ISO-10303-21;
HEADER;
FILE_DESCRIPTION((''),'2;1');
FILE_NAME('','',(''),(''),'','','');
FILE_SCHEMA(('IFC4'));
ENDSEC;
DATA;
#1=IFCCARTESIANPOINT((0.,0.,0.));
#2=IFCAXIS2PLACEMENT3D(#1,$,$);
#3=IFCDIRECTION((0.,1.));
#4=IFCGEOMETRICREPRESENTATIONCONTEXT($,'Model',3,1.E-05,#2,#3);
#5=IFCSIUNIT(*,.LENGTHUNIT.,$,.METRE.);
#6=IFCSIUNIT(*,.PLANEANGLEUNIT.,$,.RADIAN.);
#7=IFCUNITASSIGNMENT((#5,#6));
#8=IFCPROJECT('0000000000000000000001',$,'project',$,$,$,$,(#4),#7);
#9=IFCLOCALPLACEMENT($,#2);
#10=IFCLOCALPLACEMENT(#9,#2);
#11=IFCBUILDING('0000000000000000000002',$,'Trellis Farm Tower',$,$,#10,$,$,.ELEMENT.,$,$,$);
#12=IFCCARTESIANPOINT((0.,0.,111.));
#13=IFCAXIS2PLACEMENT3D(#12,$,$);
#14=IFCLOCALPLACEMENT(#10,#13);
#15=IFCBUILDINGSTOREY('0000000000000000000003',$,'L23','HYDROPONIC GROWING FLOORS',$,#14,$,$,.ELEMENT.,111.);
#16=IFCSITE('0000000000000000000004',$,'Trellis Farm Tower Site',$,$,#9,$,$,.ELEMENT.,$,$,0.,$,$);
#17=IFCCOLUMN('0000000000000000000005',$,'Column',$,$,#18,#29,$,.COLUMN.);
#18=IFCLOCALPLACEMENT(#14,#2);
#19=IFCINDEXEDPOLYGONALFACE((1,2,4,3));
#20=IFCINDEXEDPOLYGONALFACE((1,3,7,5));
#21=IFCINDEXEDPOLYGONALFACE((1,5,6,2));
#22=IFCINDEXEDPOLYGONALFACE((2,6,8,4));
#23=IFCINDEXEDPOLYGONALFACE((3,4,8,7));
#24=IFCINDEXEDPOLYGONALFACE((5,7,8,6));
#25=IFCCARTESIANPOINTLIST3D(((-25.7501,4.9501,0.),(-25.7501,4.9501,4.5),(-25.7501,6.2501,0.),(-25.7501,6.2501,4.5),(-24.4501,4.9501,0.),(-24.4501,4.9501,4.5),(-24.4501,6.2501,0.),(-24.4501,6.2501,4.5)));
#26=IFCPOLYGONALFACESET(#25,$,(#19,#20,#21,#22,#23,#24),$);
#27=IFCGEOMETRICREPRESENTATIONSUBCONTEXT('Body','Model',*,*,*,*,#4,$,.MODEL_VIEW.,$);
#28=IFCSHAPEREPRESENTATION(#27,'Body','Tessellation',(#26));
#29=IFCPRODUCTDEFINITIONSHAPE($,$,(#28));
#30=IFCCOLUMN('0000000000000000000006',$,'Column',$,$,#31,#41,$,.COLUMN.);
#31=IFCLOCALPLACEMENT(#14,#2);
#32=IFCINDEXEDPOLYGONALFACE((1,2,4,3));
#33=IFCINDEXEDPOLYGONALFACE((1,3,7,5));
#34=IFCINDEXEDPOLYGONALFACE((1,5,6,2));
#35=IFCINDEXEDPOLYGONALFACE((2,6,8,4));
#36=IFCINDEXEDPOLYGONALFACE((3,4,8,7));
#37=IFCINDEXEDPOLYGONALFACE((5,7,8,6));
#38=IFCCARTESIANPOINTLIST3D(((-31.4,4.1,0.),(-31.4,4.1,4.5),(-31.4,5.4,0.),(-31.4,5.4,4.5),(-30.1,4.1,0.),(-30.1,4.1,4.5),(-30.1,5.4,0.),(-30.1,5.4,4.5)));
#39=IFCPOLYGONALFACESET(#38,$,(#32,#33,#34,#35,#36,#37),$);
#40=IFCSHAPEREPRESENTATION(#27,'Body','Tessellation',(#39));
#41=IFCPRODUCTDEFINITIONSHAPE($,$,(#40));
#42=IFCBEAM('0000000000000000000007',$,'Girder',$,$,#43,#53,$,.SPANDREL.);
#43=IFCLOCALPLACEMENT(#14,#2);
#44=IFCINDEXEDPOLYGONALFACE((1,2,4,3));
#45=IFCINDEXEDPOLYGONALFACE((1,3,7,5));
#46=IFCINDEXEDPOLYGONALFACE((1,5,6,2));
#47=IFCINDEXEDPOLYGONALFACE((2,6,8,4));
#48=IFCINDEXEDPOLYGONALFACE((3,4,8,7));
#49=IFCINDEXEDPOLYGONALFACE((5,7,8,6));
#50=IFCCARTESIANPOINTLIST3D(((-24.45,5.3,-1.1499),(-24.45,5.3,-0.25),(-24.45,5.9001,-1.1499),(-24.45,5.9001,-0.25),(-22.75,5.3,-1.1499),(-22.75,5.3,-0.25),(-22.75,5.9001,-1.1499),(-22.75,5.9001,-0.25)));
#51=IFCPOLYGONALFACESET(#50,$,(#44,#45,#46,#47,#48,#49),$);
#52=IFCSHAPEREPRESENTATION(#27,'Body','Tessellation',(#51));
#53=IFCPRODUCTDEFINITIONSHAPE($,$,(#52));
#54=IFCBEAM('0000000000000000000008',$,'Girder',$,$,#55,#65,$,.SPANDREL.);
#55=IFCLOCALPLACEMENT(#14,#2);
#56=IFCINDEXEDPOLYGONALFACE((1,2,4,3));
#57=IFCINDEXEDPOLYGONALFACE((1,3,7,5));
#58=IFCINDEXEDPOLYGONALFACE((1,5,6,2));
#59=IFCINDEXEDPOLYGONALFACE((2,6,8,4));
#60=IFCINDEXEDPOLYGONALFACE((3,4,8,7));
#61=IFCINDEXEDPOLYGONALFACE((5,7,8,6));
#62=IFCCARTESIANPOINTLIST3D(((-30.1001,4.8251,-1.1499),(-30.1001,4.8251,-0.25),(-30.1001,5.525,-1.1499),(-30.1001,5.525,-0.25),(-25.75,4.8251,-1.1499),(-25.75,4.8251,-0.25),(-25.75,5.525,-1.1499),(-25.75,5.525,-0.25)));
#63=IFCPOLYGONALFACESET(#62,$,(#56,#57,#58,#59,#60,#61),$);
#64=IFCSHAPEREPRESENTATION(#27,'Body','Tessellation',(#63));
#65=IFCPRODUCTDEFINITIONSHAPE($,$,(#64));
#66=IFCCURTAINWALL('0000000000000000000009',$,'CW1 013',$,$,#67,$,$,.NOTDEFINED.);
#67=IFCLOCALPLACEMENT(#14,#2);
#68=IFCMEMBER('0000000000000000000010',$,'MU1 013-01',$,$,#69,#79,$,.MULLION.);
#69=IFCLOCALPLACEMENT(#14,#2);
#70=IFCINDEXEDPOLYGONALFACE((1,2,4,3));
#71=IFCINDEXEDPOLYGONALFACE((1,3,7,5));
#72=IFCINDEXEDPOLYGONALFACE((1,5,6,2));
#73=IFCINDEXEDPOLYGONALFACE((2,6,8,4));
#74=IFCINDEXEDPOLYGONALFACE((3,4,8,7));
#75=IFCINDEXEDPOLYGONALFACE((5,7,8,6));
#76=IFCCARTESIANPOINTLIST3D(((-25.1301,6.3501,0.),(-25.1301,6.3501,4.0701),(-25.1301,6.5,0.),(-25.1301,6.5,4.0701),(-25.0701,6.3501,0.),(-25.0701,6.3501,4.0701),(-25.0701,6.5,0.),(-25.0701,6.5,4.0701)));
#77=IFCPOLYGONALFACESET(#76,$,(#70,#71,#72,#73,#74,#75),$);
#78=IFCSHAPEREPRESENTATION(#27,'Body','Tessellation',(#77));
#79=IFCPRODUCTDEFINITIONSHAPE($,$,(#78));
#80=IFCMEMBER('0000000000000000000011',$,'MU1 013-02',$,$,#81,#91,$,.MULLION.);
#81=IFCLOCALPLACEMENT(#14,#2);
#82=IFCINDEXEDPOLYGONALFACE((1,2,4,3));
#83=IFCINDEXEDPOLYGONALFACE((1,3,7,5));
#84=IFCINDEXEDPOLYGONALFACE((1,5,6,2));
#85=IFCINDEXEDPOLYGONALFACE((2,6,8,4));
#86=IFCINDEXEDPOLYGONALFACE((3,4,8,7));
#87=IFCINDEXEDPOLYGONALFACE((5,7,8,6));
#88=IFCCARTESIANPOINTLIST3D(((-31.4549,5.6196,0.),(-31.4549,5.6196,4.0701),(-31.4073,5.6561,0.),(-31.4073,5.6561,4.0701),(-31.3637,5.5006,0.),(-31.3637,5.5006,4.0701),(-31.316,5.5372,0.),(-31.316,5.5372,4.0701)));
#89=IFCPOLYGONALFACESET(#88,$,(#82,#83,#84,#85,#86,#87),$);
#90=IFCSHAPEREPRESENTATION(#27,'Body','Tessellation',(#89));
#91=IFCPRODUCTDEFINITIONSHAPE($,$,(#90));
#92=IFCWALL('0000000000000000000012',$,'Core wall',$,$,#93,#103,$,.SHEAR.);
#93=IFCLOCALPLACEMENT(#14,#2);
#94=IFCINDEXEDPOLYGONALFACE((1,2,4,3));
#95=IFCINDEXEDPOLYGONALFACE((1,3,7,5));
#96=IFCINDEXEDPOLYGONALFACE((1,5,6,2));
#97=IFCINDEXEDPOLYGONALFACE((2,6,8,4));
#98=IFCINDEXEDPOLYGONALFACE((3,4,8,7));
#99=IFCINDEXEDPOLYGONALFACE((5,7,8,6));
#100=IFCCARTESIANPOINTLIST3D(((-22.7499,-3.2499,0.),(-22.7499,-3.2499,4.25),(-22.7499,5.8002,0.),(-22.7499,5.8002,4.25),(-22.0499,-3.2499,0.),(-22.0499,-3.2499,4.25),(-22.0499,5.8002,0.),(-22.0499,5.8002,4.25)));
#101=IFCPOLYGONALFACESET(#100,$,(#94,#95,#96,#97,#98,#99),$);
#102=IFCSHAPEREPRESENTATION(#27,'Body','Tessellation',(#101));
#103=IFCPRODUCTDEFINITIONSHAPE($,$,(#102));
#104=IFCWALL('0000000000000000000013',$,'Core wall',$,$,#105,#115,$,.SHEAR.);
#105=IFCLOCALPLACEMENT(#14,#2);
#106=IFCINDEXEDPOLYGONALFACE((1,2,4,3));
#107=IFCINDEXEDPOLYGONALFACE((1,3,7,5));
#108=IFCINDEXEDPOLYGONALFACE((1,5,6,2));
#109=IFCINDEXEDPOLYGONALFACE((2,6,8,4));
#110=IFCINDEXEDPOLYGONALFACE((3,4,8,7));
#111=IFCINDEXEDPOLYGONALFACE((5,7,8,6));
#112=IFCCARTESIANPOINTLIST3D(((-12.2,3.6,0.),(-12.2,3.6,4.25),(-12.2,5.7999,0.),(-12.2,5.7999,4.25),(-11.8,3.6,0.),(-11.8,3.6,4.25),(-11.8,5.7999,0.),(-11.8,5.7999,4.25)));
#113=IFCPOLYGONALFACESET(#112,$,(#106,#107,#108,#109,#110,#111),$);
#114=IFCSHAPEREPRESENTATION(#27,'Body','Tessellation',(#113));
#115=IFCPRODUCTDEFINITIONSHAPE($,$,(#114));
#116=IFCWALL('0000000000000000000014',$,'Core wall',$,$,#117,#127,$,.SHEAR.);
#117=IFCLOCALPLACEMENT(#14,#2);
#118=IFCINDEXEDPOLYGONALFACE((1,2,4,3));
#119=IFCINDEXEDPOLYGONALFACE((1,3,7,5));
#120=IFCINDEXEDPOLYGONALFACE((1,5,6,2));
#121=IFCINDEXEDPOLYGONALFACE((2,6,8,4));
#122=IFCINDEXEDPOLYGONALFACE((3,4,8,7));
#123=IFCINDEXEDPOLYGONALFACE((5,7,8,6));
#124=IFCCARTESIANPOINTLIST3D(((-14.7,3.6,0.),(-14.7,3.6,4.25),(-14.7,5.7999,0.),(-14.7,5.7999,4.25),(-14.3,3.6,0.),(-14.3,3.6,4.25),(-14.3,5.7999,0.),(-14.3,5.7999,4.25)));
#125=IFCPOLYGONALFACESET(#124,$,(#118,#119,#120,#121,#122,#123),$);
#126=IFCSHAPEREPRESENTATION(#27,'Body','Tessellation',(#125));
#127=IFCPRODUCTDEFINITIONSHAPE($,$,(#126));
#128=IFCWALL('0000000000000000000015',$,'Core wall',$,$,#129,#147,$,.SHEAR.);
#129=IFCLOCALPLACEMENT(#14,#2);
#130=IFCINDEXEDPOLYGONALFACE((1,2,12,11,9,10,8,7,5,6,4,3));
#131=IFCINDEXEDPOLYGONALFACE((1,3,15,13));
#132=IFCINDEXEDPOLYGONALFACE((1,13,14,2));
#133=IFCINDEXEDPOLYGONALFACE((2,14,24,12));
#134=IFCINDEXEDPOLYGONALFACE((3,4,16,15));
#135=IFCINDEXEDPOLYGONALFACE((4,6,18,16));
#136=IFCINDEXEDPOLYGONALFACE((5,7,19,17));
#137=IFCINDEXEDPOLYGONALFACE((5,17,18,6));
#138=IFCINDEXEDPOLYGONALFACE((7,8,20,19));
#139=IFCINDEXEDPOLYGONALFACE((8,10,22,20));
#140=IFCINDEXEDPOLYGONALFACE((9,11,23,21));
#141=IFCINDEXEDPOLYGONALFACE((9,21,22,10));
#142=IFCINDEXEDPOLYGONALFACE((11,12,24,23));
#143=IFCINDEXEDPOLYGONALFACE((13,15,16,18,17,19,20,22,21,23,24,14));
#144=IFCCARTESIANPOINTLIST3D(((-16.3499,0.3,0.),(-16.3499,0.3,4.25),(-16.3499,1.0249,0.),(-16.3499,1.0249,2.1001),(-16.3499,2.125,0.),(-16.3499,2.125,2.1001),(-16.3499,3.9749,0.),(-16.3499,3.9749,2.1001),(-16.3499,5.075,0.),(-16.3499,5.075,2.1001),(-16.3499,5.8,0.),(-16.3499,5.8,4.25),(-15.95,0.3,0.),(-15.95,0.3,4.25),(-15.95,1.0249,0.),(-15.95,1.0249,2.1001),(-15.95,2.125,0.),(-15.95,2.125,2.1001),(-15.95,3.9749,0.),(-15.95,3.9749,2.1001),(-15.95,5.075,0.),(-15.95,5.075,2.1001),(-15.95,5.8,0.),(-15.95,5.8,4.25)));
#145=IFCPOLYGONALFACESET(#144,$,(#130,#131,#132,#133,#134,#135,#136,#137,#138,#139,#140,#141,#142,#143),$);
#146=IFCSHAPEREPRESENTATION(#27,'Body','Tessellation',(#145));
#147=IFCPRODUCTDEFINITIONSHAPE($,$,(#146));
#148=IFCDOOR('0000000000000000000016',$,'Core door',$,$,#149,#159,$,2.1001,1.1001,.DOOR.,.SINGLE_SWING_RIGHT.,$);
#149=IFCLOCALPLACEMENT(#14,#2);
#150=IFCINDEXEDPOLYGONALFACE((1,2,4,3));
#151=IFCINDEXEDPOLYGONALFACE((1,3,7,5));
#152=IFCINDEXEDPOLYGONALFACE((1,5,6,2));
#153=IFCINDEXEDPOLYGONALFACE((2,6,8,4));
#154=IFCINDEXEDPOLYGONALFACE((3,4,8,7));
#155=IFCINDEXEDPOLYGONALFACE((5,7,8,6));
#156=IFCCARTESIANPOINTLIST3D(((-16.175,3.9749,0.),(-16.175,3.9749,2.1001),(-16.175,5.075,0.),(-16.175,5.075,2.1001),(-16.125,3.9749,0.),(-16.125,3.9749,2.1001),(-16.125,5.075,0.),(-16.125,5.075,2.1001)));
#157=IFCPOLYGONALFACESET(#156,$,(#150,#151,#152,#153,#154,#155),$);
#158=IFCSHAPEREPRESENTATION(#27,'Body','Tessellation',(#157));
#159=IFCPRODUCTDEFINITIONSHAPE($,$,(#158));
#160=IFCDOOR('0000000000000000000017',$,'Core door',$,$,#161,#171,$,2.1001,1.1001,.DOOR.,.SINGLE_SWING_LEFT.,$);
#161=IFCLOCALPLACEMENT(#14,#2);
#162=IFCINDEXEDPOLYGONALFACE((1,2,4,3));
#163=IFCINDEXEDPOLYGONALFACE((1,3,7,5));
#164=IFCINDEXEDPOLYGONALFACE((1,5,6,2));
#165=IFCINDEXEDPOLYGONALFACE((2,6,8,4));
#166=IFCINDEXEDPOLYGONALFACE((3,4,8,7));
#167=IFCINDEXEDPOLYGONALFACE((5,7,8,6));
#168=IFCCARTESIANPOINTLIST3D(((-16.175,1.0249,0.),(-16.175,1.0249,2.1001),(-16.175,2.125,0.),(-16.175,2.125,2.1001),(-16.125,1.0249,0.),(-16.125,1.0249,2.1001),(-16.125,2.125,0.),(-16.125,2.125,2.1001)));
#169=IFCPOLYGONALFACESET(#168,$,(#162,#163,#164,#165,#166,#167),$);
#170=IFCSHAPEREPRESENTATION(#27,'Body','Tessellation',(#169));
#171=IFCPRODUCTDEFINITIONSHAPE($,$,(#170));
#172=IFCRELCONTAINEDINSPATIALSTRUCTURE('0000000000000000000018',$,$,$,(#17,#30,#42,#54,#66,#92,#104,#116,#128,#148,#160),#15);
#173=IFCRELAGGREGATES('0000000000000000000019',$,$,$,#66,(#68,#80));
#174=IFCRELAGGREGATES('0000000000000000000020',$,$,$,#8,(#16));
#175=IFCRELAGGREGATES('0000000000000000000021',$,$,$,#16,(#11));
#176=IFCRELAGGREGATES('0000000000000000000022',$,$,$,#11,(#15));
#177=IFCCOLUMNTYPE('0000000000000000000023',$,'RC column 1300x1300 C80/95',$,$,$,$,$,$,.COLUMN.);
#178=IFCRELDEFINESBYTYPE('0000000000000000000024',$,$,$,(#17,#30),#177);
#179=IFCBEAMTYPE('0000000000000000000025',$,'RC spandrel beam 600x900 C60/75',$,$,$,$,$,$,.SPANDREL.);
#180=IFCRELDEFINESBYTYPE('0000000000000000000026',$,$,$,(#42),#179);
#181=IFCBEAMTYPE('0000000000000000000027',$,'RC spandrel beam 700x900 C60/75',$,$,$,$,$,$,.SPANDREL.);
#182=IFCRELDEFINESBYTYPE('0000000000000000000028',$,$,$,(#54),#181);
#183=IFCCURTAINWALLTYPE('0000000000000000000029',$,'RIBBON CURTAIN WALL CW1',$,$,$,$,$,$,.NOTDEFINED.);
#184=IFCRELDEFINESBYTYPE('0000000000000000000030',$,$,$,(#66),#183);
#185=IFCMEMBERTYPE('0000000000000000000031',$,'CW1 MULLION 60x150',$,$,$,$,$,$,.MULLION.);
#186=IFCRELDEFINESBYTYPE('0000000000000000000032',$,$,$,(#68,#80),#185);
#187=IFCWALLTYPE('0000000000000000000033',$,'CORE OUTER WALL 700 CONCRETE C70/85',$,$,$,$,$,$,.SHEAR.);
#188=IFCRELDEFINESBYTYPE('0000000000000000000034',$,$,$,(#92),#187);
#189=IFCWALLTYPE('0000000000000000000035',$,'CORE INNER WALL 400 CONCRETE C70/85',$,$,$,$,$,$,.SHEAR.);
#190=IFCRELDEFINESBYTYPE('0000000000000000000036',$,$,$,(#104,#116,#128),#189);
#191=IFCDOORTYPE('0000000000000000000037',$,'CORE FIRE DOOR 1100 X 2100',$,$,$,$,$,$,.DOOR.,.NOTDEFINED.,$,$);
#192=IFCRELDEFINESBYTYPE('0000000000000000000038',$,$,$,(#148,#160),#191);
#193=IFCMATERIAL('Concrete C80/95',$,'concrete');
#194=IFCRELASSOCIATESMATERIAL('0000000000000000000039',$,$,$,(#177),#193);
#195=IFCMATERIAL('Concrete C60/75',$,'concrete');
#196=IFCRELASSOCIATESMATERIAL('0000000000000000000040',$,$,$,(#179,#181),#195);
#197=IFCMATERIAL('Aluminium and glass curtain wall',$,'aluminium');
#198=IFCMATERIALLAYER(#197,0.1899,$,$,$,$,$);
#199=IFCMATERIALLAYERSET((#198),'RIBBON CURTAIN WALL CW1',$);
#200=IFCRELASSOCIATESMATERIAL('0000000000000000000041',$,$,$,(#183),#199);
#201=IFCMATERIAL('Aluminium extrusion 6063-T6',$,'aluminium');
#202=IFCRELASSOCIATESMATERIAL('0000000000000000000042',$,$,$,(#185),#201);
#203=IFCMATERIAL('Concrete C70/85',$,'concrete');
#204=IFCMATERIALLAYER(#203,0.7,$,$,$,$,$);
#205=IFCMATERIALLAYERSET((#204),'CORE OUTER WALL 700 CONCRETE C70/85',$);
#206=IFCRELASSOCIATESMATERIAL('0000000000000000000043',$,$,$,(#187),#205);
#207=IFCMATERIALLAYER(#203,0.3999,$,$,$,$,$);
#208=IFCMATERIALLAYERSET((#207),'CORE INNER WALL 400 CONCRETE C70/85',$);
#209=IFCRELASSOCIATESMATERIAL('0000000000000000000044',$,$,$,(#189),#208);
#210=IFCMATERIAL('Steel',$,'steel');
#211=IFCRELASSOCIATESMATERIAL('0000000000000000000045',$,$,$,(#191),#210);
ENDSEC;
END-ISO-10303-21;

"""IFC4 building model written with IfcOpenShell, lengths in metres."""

from ifc_helpers import new_model, si_unit, direction, frame, frame_2d, origin, origin_2d, place, context, subcontext, project, spatial, rectangle, extrude, source, transform, mapped, material, layer, layer_set, material_profile, profile_set, type_object, element, fill, aggregate, save


model = new_model("IFC4")

# Units and contexts
model_context = context("Model", 3, precision=1e-05, world=origin(), true_north=direction((0.0, 1.0)))
body_context = subcontext(model_context, "Body", "Model", "MODEL_VIEW")
ifc_project = project(units=[si_unit("LENGTHUNIT", "METRE"), si_unit("PLANEANGLEUNIT", "RADIAN")], contexts=[model_context])

# Site, building, storey
site_placement = place(None, origin())
site = spatial("IfcSite", under=ifc_project, at=site_placement, Name="Trellis Farm Tower Site", CompositionType="ELEMENT", RefElevation=0.0)
building_placement = place(site_placement, origin())
building = spatial("IfcBuilding", under=site, at=building_placement, Name="Trellis Farm Tower", CompositionType="ELEMENT")
storey_placement = place(building_placement, frame((0.0, 0.0, 111.0)))
storey = spatial("IfcBuildingStorey", under=building, at=storey_placement, Name="L23", Description="HYDROPONIC GROWING FLOORS", CompositionType="ELEMENT", Elevation=111.0)

# Columns
ifc_material_1 = material(Name="Concrete C80/95", Category="concrete")
ifc_material_profile_1 = material_profile(ifc_material_1, rectangle(XDim=1.3, YDim=1.3, at=origin_2d()), Name="RC column 1300x1300 C80/95")
ifc_profile_set_1 = profile_set([ifc_material_profile_1], Name="Concrete C80/95")
column_type = type_object("IfcColumnType", Name="RC column 1300x1300 C80/95", PredefinedType="COLUMN", material=ifc_profile_set_1)
shared_shape_1 = source(origin(), body_context, "Body", "SweptSolid", [
    extrude(rectangle(XDim=1.3, YDim=1.3, at=origin_2d()), origin(), (0.0, 0.0, 1.0), 4.5),
])
for number, where, z_axis, x_axis, name in (
    (1, (-25.1001, 5.6001, 0.0), (0.0, 0.0, 1.0), (1.0, 0.0, 0.0), "Column"),
    (2, (-30.75, 4.75, 0.0), (0.0, 0.0, 1.0), (1.0, 0.0, 0.0), "Column"),
):
    element("IfcColumn", number, at=place(storey_placement, frame(where, z_axis=z_axis, x_axis=x_axis)), inside=storey, type_object=column_type, Name=name, PredefinedType="COLUMN", context=body_context, shape_type="MappedRepresentation", body=[
        mapped(shared_shape_1, transform((0.0, 0.0, 0.0))),
    ])

# Beams
ifc_material_2 = material(Name="Concrete C60/75", Category="concrete")
ifc_material_profile_2 = material_profile(ifc_material_2, rectangle(XDim=0.6001, YDim=0.8999, at=origin_2d()), Name="RC spandrel beam 600x900 C60/75")
ifc_profile_set_2 = profile_set([ifc_material_profile_2], Name="Concrete C60/75")
beam_type_1 = type_object("IfcBeamType", Name="RC spandrel beam 600x900 C60/75", PredefinedType="SPANDREL", material=ifc_profile_set_2)
shared_shape_2 = source(origin(), body_context, "Body", "SweptSolid", [
    extrude(rectangle(XDim=0.6001, YDim=0.8999, at=origin_2d()), origin(), (0.0, 0.0, 1.0), 1.7),
])
beam_1_placement = place(storey_placement, frame((-24.45, 5.6001, -0.7), z_axis=(1.0, 0.0, 0.0), x_axis=(0.0, 1.0, 0.0)))
element("IfcBeam", 3, at=beam_1_placement, inside=storey, type_object=beam_type_1, Name="Girder", PredefinedType="SPANDREL", context=body_context, shape_type="MappedRepresentation", body=[
    mapped(shared_shape_2, transform((0.0, 0.0, 0.0))),
])
ifc_material_profile_3 = material_profile(ifc_material_2, rectangle(XDim=0.7, YDim=0.8999, at=origin_2d()), Name="RC spandrel beam 700x900 C60/75")
ifc_profile_set_3 = profile_set([ifc_material_profile_3], Name="Concrete C60/75")
beam_type_2 = type_object("IfcBeamType", Name="RC spandrel beam 700x900 C60/75", PredefinedType="SPANDREL", material=ifc_profile_set_3)
shared_shape_3 = source(origin(), body_context, "Body", "SweptSolid", [
    extrude(rectangle(XDim=0.7, YDim=0.8999, at=origin_2d()), origin(), (0.0, 0.0, 1.0), 4.3501),
])
beam_2_placement = place(storey_placement, frame((-30.1001, 5.175, -0.7), z_axis=(1.0, 0.0, 0.0), x_axis=(0.0, 1.0, 0.0)))
element("IfcBeam", 4, at=beam_2_placement, inside=storey, type_object=beam_type_2, Name="Girder", PredefinedType="SPANDREL", context=body_context, shape_type="MappedRepresentation", body=[
    mapped(shared_shape_3, transform((0.0, 0.0, 0.0))),
])

# Curtain wall, members
ifc_material_3 = material(Name="Aluminium and glass curtain wall", Category="aluminium")
ifc_layer_1 = layer(ifc_material_3, 0.1899)
ifc_layer_set_1 = layer_set([ifc_layer_1], Name="RIBBON CURTAIN WALL CW1")
curtain_wall_type = type_object("IfcCurtainWallType", Name="RIBBON CURTAIN WALL CW1", PredefinedType="NOTDEFINED", material=ifc_layer_set_1)
placement = place(storey_placement, origin())
curtain_wall = element("IfcCurtainWall", 5, at=placement, inside=storey, type_object=curtain_wall_type, Name="CW1 013", PredefinedType="NOTDEFINED")
ifc_material_4 = material(Name="Aluminium extrusion 6063-T6", Category="aluminium")
ifc_material_profile_4 = material_profile(ifc_material_4, rectangle(XDim=0.0601, YDim=0.1499, at=origin_2d()), Name="MULLION 60x150")
ifc_profile_set_4 = profile_set([ifc_material_profile_4], Name="Aluminium extrusion 6063-T6")
member_type = type_object("IfcMemberType", Name="CW1 MULLION 60x150", PredefinedType="MULLION", material=ifc_profile_set_4)
shared_shape_4 = source(origin(), body_context, "Body", "SweptSolid", [
    extrude(rectangle(XDim=0.0601, YDim=0.1499, at=origin_2d()), origin(), (0.0, 0.0, 1.0), 4.0701),
])
member_1_placement = place(storey_placement, frame((-25.1001, 6.425, 0.0), z_axis=(0.0, 0.0, 1.0), x_axis=(-1.0, 0.0, 0.0)))
member_1 = element("IfcMember", 6, at=member_1_placement, type_object=member_type, Name="MU1 013-01", PredefinedType="MULLION", context=body_context, shape_type="MappedRepresentation", body=[
    mapped(shared_shape_4, transform((0.0, 0.0, 0.0))),
])
member_2_placement = place(storey_placement, frame((-31.3855, 5.5784, 0.0), z_axis=(0.0, 0.0, 1.0), x_axis=(-0.793353, -0.608761, 0.0)))
member_2 = element("IfcMember", 7, at=member_2_placement, type_object=member_type, Name="MU1 013-02", PredefinedType="MULLION", context=body_context, shape_type="MappedRepresentation", body=[
    mapped(shared_shape_4, transform((0.0, 0.0, 0.0))),
])
aggregate(curtain_wall, [member_1, member_2])

# Walls
ifc_material_5 = material(Name="Concrete C70/85", Category="concrete")
ifc_layer_2 = layer(ifc_material_5, 0.7)
ifc_layer_set_2 = layer_set([ifc_layer_2], Name="CORE OUTER WALL 700 CONCRETE C70/85")
wall_type_1 = type_object("IfcWallType", Name="CORE OUTER WALL 700 CONCRETE C70/85", PredefinedType="SHEAR", material=ifc_layer_set_2)
shared_shape_5 = source(origin(), body_context, "Body", "SweptSolid", [
    extrude(rectangle(XDim=9.05, YDim=0.7, at=frame_2d((4.5249, 0.0))), origin(), (0.0, 0.0, 1.0), 4.25),
])
wall_1_placement = place(storey_placement, frame((-22.3999, 5.8, 0.0), z_axis=(0.0, 0.0, 1.0), x_axis=(0.0, -1.0, 0.0)))
element("IfcWall", 8, at=wall_1_placement, inside=storey, type_object=wall_type_1, Name="Core wall", PredefinedType="SHEAR", context=body_context, shape_type="MappedRepresentation", body=[
    mapped(shared_shape_5, transform((0.0, 0.0, 0.0))),
])
ifc_layer_3 = layer(ifc_material_5, 0.3999)
ifc_layer_set_3 = layer_set([ifc_layer_3], Name="CORE INNER WALL 400 CONCRETE C70/85")
wall_type_2 = type_object("IfcWallType", Name="CORE INNER WALL 400 CONCRETE C70/85", PredefinedType="SHEAR", material=ifc_layer_set_3)
shared_shape_6 = source(origin(), body_context, "Body", "SweptSolid", [
    extrude(rectangle(XDim=2.2, YDim=0.3999, at=frame_2d((1.1001, 0.0))), origin(), (0.0, 0.0, 1.0), 4.25),
])
for number, where, z_axis, x_axis, name in (
    (9, (-12.0, 5.8, 0.0), (0.0, 0.0, 1.0), (0.0, -1.0, 0.0), "Core wall"),
    (10, (-14.5, 5.8, 0.0), (0.0, 0.0, 1.0), (0.0, -1.0, 0.0), "Core wall"),
):
    element("IfcWall", number, at=place(storey_placement, frame(where, z_axis=z_axis, x_axis=x_axis)), inside=storey, type_object=wall_type_2, Name=name, PredefinedType="SHEAR", context=body_context, shape_type="MappedRepresentation", body=[
        mapped(shared_shape_6, transform((0.0, 0.0, 0.0))),
    ])

# Wall, openings, doors
shared_shape_7 = source(origin(), body_context, "Body", "SweptSolid", [
    extrude(rectangle(XDim=5.5, YDim=0.3999, at=frame_2d((2.75, 0.0))), origin(), (0.0, 0.0, 1.0), 4.25),
])
wall_2_placement = place(storey_placement, frame((-16.1499, 5.8, 0.0), z_axis=(0.0, 0.0, 1.0), x_axis=(0.0, -1.0, 0.0)))
wall_2 = element("IfcWall", 11, at=wall_2_placement, inside=storey, type_object=wall_type_2, Name="Core wall", PredefinedType="SHEAR", context=body_context, shape_type="MappedRepresentation", body=[
    mapped(shared_shape_7, transform((0.0, 0.0, 0.0))),
])
shared_shape_8 = source(origin(), body_context, "Body", "SweptSolid", [
    extrude(rectangle(XDim=1.1001, YDim=2.1001, at=frame_2d((0.55, 1.05))), frame((0.0, 0.21, 0.0), z_axis=(0.0, -1.0, 0.0), x_axis=(1.0, 0.0, 0.0)), (0.0, 0.0, 1.0), 0.4199),
])
opening_1_placement = place(wall_2_placement, frame((0.7251, 0.0, 0.0)))
opening_1 = element("IfcOpeningElement", 12, at=opening_1_placement, cuts=wall_2, PredefinedType="OPENING", context=body_context, shape_type="MappedRepresentation", body=[
    mapped(shared_shape_8, transform((0.0, 0.0, 0.0))),
])
opening_2_placement = place(wall_2_placement, frame((3.675, 0.0, 0.0)))
opening_2 = element("IfcOpeningElement", 13, at=opening_2_placement, cuts=wall_2, PredefinedType="OPENING", context=body_context, shape_type="MappedRepresentation", body=[
    mapped(shared_shape_8, transform((0.0, 0.0, 0.0))),
])
ifc_material_6 = material(Name="Steel", Category="steel")
door_type = type_object("IfcDoorType", Name="CORE FIRE DOOR 1100 X 2100", OperationType="NOTDEFINED", PredefinedType="DOOR", material=ifc_material_6)
shared_shape_9 = source(origin(), body_context, "Body", "SweptSolid", [
    extrude(rectangle(XDim=1.1001, YDim=2.1001, at=frame_2d((0.55, 1.05))), frame((0.0, 0.0249, 0.0), z_axis=(0.0, -1.0, 0.0), x_axis=(1.0, 0.0, 0.0)), (0.0, 0.0, 1.0), 0.05),
])
door_1_placement = place(opening_1_placement, origin())
door_1 = element("IfcDoor", 14, at=door_1_placement, inside=storey, type_object=door_type, Name="Core door", OperationType="SINGLE_SWING_RIGHT", OverallHeight=2.1001, OverallWidth=1.1001, PredefinedType="DOOR", context=body_context, shape_type="MappedRepresentation", body=[
    mapped(shared_shape_9, transform((0.0, 0.0, 0.0))),
])
fill(opening_1, door_1)
door_2_placement = place(opening_2_placement, origin())
door_2 = element("IfcDoor", 15, at=door_2_placement, inside=storey, type_object=door_type, Name="Core door", OperationType="SINGLE_SWING_LEFT", OverallHeight=2.1001, OverallWidth=1.1001, PredefinedType="DOOR", context=body_context, shape_type="MappedRepresentation", body=[
    mapped(shared_shape_9, transform((0.0, 0.0, 0.0))),
])
fill(opening_2, door_2)

save(model, "model.ifc")
